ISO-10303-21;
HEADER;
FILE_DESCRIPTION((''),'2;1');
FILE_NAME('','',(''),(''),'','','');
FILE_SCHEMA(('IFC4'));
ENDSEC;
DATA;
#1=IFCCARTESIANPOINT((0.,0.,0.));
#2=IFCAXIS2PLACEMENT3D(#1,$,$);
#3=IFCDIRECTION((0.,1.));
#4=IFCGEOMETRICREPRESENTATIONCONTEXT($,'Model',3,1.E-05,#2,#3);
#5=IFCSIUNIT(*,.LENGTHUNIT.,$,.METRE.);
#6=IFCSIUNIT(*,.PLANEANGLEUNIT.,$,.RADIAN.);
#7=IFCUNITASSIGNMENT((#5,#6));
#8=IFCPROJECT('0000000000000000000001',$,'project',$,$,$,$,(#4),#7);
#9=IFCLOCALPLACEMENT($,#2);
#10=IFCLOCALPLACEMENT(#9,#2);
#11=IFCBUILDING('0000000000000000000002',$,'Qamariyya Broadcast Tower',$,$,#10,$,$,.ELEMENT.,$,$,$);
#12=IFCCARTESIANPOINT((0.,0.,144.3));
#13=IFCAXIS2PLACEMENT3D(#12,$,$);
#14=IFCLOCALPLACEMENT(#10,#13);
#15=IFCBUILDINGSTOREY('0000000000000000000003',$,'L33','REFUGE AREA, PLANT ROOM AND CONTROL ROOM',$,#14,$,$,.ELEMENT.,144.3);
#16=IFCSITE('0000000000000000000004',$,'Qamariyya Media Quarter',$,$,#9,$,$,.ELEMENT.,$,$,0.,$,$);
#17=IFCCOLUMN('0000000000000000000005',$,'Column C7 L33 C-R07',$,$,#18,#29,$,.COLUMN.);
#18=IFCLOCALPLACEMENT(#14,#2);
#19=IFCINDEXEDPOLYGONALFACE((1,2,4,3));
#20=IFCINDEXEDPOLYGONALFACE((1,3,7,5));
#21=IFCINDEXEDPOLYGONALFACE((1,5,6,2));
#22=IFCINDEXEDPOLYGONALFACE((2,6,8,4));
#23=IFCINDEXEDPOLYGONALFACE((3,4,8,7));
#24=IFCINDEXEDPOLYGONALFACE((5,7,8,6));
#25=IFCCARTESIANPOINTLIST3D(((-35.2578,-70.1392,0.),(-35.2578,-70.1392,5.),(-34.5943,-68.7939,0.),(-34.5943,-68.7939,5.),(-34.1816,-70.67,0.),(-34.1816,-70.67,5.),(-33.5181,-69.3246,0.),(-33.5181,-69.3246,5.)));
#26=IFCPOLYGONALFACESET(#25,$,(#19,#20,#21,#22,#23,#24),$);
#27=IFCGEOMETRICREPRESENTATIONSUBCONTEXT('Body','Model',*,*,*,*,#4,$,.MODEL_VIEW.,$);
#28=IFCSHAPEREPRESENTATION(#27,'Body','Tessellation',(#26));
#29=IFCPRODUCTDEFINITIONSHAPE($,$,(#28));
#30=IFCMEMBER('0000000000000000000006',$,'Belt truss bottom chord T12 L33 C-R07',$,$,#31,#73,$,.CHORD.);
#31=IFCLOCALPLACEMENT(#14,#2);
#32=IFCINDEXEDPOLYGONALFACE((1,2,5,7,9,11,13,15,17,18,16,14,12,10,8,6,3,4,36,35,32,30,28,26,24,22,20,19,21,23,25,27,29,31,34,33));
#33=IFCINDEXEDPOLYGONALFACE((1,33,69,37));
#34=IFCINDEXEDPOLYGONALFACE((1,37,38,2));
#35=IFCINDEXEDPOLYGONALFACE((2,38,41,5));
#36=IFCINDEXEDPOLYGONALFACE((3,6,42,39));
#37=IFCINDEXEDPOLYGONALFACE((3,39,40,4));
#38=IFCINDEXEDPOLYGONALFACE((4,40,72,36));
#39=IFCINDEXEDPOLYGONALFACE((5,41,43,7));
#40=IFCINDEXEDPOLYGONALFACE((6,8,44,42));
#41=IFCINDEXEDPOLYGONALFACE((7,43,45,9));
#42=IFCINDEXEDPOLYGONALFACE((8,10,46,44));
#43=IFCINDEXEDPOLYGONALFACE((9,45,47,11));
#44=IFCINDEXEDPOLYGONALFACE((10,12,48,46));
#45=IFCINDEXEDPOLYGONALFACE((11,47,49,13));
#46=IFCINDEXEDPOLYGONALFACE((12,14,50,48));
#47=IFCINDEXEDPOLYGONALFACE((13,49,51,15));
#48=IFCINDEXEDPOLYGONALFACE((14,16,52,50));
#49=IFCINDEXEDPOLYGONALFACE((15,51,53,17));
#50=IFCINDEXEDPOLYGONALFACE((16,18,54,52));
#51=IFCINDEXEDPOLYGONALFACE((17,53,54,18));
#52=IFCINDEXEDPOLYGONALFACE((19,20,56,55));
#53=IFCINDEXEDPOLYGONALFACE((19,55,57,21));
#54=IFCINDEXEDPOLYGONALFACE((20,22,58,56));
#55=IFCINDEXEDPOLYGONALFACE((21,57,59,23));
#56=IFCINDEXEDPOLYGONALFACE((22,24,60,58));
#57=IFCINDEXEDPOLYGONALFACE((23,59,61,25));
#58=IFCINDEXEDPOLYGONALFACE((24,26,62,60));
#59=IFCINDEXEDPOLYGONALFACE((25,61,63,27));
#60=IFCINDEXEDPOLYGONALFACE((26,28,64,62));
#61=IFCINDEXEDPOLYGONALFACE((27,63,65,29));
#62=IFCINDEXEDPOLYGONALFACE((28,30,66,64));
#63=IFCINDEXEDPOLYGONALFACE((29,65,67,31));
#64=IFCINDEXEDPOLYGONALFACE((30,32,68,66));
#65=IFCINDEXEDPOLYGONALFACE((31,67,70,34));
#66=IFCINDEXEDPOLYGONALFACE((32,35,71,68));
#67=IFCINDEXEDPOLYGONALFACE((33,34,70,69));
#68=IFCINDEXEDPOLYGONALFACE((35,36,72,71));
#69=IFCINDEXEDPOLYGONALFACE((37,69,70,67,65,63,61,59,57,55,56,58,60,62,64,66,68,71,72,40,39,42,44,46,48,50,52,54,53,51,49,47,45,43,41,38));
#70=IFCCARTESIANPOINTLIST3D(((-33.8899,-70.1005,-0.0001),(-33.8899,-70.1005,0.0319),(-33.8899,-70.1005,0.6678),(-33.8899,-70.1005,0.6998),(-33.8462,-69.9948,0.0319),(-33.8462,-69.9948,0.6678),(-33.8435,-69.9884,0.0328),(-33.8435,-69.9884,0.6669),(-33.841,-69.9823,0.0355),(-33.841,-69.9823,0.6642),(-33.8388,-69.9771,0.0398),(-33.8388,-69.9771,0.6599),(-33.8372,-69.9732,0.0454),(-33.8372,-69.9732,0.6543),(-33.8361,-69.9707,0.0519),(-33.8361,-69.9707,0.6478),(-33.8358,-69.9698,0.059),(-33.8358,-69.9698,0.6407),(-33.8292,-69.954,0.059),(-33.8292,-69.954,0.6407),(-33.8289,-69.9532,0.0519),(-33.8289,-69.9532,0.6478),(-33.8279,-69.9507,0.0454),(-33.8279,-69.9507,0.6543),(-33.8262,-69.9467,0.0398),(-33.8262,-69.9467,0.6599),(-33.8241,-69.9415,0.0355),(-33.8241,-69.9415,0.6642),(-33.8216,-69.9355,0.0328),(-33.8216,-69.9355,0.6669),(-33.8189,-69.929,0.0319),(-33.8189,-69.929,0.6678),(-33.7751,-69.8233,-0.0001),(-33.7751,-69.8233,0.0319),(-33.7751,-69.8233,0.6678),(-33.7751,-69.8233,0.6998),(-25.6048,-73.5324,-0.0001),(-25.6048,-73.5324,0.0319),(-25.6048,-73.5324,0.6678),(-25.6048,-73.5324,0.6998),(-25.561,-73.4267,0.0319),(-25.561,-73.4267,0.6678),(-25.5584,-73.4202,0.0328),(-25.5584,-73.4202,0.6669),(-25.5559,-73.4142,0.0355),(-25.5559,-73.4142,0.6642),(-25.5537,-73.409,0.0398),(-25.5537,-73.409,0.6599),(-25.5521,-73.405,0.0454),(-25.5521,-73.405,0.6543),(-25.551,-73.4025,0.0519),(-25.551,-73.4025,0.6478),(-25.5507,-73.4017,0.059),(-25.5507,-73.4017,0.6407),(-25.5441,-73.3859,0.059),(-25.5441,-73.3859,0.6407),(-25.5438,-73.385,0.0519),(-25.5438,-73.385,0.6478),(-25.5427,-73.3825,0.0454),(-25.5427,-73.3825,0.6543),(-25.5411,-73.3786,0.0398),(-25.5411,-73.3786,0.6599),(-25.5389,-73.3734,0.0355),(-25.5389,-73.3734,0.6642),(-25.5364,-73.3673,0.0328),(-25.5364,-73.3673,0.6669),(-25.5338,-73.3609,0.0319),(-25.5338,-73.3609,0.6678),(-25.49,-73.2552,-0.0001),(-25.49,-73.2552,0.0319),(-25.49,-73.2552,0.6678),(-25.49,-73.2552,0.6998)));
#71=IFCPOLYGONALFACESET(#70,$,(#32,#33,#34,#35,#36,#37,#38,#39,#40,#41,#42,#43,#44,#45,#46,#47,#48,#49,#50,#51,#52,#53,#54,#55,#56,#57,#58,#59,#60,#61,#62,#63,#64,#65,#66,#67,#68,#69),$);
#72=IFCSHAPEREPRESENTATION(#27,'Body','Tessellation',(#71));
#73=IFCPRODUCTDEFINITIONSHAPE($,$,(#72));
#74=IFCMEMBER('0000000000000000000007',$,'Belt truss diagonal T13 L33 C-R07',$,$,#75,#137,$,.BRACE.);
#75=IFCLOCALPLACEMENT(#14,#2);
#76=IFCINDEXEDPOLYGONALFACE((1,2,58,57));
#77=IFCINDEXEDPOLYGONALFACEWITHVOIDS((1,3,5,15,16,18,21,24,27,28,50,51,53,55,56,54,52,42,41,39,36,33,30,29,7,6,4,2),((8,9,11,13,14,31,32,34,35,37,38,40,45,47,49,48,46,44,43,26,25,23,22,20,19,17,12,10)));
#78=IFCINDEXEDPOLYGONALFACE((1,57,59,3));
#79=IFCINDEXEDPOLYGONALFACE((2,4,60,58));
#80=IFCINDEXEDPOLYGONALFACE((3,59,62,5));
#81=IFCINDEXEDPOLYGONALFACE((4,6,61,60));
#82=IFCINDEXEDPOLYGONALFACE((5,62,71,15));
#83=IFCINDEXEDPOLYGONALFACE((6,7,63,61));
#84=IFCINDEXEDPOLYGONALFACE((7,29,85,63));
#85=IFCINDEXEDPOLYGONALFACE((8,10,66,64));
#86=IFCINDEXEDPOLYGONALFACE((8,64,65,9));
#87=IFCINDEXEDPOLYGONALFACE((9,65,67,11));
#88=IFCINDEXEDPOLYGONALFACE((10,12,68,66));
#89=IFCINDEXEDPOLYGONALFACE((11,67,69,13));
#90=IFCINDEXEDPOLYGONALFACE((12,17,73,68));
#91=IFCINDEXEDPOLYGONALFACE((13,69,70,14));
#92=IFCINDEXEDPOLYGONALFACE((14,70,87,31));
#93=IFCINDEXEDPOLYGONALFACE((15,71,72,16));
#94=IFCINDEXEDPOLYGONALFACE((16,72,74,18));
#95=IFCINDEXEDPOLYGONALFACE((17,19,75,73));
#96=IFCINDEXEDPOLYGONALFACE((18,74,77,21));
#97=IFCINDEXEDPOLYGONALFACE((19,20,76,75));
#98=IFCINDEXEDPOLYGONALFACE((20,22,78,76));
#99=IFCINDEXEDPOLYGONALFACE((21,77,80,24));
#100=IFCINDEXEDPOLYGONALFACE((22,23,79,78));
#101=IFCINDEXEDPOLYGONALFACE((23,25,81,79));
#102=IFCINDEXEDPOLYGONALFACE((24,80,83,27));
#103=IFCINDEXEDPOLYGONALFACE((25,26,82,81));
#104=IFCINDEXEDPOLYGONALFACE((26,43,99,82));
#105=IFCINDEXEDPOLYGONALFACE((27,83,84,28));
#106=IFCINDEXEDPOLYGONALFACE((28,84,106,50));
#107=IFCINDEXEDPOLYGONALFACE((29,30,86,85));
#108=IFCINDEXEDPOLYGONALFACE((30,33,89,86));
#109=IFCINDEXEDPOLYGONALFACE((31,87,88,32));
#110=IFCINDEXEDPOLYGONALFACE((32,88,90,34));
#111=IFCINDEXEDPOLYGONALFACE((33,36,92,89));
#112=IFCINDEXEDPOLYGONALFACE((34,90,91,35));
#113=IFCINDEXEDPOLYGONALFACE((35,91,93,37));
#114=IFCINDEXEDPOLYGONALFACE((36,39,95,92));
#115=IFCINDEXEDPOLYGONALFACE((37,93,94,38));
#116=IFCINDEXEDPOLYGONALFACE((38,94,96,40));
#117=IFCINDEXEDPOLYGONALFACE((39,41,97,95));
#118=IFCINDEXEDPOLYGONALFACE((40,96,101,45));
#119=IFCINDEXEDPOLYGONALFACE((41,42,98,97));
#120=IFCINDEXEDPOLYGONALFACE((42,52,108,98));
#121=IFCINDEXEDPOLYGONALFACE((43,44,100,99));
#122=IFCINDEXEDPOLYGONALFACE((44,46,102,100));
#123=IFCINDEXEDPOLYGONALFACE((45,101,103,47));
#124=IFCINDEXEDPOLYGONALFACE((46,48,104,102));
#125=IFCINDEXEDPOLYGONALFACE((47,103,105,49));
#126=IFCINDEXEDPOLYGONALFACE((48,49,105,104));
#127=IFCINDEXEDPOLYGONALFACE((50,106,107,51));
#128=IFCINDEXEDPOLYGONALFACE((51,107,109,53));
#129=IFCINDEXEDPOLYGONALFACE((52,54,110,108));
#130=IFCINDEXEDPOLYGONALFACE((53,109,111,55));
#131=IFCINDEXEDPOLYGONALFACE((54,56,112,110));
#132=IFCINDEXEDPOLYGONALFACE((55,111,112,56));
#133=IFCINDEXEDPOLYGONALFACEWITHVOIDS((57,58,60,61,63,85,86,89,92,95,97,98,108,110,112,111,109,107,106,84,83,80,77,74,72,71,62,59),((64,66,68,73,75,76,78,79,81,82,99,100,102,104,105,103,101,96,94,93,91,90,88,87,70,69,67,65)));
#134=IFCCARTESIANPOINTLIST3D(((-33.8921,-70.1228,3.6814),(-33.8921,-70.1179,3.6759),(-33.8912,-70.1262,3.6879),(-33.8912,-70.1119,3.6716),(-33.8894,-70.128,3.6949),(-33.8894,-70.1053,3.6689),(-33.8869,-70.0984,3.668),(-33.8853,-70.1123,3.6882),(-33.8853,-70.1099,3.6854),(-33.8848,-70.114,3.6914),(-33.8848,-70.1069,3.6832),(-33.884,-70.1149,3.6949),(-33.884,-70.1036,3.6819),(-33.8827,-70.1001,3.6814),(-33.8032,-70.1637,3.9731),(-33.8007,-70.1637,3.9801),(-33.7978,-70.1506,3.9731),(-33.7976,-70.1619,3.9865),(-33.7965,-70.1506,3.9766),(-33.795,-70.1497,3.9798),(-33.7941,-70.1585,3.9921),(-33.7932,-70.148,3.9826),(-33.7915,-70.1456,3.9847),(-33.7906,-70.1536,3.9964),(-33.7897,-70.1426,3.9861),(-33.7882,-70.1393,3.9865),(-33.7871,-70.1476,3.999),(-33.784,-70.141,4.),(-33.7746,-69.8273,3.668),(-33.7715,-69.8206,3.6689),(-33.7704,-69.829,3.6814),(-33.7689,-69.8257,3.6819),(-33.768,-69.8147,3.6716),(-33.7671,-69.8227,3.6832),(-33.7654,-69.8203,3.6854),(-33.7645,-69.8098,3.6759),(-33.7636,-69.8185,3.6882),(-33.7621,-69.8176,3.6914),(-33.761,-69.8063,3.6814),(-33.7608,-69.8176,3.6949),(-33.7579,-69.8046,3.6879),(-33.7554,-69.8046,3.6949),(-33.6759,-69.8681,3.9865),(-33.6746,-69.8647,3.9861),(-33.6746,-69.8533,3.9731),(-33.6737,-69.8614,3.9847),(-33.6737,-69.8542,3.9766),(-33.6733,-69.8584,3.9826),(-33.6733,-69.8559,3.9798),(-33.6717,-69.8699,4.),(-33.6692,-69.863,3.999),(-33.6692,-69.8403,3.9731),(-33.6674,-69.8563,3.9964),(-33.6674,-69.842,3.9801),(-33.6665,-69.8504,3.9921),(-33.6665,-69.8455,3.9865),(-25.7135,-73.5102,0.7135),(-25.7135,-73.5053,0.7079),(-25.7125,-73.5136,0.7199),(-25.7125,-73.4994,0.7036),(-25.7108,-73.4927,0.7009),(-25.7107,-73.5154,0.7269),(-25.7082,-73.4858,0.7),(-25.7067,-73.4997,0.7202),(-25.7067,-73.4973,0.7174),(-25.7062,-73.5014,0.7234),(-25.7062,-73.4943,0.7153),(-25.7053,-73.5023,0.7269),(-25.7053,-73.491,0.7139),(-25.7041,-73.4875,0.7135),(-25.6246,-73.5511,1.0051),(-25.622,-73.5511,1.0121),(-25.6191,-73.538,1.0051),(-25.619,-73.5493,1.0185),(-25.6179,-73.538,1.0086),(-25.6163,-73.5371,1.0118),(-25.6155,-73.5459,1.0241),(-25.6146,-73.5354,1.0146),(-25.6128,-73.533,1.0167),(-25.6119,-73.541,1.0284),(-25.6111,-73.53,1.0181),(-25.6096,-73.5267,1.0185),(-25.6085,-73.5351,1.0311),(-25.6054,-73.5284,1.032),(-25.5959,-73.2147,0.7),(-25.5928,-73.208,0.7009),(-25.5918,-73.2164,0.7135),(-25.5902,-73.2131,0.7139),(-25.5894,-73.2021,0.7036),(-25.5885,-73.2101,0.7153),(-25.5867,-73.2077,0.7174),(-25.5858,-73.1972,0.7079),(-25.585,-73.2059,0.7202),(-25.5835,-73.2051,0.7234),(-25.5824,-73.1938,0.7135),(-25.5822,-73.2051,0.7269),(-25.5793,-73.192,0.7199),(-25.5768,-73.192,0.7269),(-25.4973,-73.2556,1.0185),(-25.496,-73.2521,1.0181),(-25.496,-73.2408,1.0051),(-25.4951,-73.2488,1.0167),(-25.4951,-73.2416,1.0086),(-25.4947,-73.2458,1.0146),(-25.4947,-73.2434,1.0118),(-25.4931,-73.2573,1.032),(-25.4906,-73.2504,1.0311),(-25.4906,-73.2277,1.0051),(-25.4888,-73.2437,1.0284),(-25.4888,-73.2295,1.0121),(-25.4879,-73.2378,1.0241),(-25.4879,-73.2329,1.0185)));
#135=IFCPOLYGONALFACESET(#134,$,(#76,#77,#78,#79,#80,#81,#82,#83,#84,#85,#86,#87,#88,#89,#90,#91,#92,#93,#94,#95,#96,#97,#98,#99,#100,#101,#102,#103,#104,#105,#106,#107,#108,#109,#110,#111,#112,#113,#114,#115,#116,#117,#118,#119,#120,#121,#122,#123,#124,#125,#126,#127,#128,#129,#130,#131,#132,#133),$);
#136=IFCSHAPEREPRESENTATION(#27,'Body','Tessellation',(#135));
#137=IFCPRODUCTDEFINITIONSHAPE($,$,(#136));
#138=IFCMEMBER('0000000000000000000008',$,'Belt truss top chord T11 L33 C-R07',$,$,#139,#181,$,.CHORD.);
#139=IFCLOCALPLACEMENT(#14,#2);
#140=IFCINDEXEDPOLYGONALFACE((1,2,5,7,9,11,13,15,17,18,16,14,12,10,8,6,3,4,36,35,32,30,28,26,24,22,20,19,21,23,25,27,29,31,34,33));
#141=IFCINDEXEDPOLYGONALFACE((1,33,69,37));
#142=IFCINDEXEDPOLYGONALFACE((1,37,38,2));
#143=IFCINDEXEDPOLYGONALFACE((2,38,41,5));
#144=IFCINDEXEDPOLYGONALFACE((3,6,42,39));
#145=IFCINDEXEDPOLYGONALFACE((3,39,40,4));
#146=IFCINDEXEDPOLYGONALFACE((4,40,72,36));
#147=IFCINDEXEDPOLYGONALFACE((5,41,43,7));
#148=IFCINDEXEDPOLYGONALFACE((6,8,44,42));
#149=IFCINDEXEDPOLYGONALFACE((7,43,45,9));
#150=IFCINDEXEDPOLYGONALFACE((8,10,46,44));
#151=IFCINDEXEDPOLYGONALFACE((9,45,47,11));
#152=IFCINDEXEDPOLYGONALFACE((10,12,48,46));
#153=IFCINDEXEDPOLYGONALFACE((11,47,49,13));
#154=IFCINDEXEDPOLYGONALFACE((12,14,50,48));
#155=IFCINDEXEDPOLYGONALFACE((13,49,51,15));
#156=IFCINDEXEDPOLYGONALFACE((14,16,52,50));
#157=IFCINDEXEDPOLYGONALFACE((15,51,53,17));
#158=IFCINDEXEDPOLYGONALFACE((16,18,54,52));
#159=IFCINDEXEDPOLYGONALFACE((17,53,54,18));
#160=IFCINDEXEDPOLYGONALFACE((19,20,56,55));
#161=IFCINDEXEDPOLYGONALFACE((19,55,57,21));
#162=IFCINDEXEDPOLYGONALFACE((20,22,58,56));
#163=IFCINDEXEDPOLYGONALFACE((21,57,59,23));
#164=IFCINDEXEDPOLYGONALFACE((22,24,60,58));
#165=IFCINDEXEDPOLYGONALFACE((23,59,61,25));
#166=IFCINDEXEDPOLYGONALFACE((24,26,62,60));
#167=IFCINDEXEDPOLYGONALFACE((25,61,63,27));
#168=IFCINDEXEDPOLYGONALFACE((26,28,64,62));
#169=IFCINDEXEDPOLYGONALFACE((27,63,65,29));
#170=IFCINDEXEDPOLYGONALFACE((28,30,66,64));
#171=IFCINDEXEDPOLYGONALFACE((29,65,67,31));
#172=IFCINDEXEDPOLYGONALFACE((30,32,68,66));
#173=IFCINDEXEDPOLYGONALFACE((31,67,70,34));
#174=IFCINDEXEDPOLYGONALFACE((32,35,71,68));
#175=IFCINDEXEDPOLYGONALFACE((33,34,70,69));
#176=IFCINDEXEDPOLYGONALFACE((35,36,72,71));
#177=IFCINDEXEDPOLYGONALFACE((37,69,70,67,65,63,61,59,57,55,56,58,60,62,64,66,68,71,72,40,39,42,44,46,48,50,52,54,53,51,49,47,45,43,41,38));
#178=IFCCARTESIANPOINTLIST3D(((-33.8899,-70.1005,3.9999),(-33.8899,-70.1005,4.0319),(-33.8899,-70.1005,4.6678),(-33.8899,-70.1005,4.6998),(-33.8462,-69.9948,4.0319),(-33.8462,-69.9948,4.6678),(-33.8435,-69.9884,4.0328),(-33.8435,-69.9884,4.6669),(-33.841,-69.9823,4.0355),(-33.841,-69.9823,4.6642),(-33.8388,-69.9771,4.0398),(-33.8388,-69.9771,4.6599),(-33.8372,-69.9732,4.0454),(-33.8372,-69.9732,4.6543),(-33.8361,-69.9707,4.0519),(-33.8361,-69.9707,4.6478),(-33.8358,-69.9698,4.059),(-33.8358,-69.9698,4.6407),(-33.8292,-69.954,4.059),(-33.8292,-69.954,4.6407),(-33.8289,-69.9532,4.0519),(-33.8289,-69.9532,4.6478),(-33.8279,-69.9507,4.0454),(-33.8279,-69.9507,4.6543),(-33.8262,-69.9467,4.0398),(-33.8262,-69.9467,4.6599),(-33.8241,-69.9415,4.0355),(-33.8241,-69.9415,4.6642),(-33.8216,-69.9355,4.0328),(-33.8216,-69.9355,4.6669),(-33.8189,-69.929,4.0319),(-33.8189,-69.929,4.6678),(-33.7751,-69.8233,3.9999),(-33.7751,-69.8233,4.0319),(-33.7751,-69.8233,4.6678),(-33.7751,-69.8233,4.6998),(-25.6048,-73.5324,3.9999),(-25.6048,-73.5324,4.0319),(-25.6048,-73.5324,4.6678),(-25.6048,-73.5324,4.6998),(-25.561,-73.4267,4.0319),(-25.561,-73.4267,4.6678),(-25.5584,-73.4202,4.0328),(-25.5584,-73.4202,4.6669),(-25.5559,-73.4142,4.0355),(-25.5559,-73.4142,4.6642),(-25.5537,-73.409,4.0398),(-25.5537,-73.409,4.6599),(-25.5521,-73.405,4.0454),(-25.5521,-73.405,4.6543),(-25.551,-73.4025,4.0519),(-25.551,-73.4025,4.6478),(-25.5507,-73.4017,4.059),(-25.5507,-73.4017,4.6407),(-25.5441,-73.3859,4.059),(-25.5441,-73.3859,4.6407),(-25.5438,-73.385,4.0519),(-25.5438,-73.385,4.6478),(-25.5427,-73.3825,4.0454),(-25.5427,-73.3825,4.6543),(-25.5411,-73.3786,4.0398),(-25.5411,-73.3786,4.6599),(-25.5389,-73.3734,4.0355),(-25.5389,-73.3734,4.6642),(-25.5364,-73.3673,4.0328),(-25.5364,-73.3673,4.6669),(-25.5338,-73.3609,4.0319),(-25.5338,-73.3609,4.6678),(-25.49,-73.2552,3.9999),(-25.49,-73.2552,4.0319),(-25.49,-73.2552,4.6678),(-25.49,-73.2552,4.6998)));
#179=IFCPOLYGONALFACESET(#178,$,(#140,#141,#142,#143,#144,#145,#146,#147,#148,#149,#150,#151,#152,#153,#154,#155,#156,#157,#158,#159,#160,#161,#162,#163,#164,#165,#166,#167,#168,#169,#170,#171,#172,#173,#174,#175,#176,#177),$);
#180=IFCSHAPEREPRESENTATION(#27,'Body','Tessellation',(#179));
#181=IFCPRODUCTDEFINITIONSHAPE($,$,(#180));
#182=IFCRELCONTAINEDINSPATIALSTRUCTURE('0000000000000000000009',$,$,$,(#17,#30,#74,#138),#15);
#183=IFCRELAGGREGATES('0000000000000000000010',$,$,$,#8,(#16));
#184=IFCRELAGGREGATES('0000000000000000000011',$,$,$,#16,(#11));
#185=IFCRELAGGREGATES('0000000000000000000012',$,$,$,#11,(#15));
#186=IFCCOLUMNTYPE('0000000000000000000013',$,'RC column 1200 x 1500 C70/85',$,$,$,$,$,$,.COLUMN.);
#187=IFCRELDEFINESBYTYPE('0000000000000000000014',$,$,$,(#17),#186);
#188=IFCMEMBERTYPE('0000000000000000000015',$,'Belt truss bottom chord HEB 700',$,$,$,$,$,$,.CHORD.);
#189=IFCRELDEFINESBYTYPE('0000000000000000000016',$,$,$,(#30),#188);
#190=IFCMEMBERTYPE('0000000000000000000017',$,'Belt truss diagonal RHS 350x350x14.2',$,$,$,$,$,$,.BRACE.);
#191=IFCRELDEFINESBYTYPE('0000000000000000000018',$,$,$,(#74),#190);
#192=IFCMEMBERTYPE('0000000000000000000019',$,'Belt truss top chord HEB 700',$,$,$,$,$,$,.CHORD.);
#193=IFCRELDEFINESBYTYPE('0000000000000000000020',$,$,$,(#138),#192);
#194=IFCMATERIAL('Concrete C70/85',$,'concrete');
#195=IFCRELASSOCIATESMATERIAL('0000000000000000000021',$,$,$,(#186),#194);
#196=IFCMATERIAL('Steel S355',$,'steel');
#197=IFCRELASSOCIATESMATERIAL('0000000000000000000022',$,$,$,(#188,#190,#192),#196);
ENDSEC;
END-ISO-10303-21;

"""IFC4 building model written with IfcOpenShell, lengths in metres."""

from ifc_helpers import new_model, si_unit, direction, frame, origin, origin_2d, place, context, subcontext, project, spatial, rectangle, hollow_rectangle, i_section, extrude, material, material_profile, profile_set, type_object, element, save


model = new_model("IFC4")

# Units and contexts
model_context = context("Model", 3, precision=1e-05, world=origin(), true_north=direction((0.0, 1.0)))
body_context = subcontext(model_context, "Body", "Model", "MODEL_VIEW")
ifc_project = project(units=[si_unit("LENGTHUNIT", "METRE"), si_unit("PLANEANGLEUNIT", "RADIAN")], contexts=[model_context])

# Site, building, storey
site_placement = place(None, origin())
site = spatial("IfcSite", under=ifc_project, at=site_placement, Name="Qamariyya Media Quarter", CompositionType="ELEMENT", RefElevation=0.0)
building_placement = place(site_placement, origin())
building = spatial("IfcBuilding", under=site, at=building_placement, Name="Qamariyya Broadcast Tower", CompositionType="ELEMENT")
storey_placement = place(building_placement, frame((0.0, 0.0, 144.3)))
storey = spatial("IfcBuildingStorey", under=building, at=storey_placement, Name="L33", Description="REFUGE AREA, PLANT ROOM AND CONTROL ROOM", CompositionType="ELEMENT", Elevation=144.3)

# Column
ifc_material_1 = material(Name="Concrete C70/85", Category="concrete")
ifc_material_profile_1 = material_profile(ifc_material_1, rectangle(XDim=1.2, YDim=1.5, at=origin_2d()))
ifc_profile_set_1 = profile_set([ifc_material_profile_1], Name="Concrete C70/85")
column_type = type_object("IfcColumnType", Name="RC column 1200 x 1500 C70/85", PredefinedType="COLUMN", material=ifc_profile_set_1)
column_placement = place(storey_placement, frame((-34.3879, -69.7319, 0.0), z_axis=(0.0, 0.0, 1.0), x_axis=(0.896873, -0.442289, 0.0)))
element("IfcColumn", 1, at=column_placement, inside=storey, type_object=column_type, Name="Column C7 L33 C-R07", PredefinedType="COLUMN", context=body_context, shape_type="SweptSolid", body=[
    extrude(rectangle(XDim=1.2, YDim=1.5, at=origin_2d()), origin(), (0.0, 0.0, 1.0), 5.0),
])

# Members
ifc_material_2 = material(Name="Steel S355", Category="steel")
ifc_material_profile_2 = material_profile(ifc_material_2, i_section(OverallWidth=0.3, OverallDepth=0.7, WebThickness=0.0171, FlangeThickness=0.032, FilletRadius=0.0271, at=origin_2d()))
ifc_profile_set_2 = profile_set([ifc_material_profile_2], Name="Steel S355")
member_type_1 = type_object("IfcMemberType", Name="Belt truss bottom chord HEB 700", PredefinedType="CHORD", material=ifc_profile_set_2)
member_1_placement = place(storey_placement, frame((-33.8325, -69.9619, 0.3499), z_axis=(0.923877, -0.382689, 0.0), x_axis=(0.382689, 0.923877, 0.0)))
element("IfcMember", 2, at=member_1_placement, inside=storey, type_object=member_type_1, Name="Belt truss bottom chord T12 L33 C-R07", PredefinedType="CHORD", context=body_context, shape_type="SweptSolid", body=[
    extrude(i_section(OverallWidth=0.3, OverallDepth=0.7, WebThickness=0.0171, FlangeThickness=0.032, FilletRadius=0.0271, at=origin_2d()), origin(), (0.0, 0.0, 1.0), 8.9678),
])
ifc_material_profile_3 = material_profile(ifc_material_2, hollow_rectangle(XDim=0.3501, YDim=0.3501, WallThickness=0.0142, InnerFilletRadius=0.0142, OuterFilletRadius=0.0283, at=origin_2d()))
ifc_profile_set_3 = profile_set([ifc_material_profile_3], Name="Steel S355")
member_type_2 = type_object("IfcMemberType", Name="Belt truss diagonal RHS 350x350x14.2", PredefinedType="BRACE", material=ifc_profile_set_3)
member_2_placement = place(storey_placement, frame((-33.7793, -69.9841, 3.834), z_axis=(0.875968, -0.362808, -0.317885), x_axis=(0.382656, 0.923891, 0.0)))
element("IfcMember", 3, at=member_2_placement, inside=storey, type_object=member_type_2, Name="Belt truss diagonal T13 L33 C-R07", PredefinedType="BRACE", context=body_context, shape_type="SweptSolid", body=[
    extrude(hollow_rectangle(XDim=0.3501, YDim=0.3501, WallThickness=0.0142, InnerFilletRadius=0.0142, OuterFilletRadius=0.0283, at=origin_2d()), origin(), (0.0, 0.0, 1.0), 9.3367),
])
ifc_material_profile_4 = material_profile(ifc_material_2, i_section(OverallWidth=0.3, OverallDepth=0.7, WebThickness=0.0171, FlangeThickness=0.032, FilletRadius=0.0271, at=origin_2d()))
ifc_profile_set_4 = profile_set([ifc_material_profile_4], Name="Steel S355")
member_type_3 = type_object("IfcMemberType", Name="Belt truss top chord HEB 700", PredefinedType="CHORD", material=ifc_profile_set_4)
member_3_placement = place(storey_placement, frame((-33.8325, -69.9619, 4.3499), z_axis=(0.923877, -0.382689, 0.0), x_axis=(0.382689, 0.923877, 0.0)))
element("IfcMember", 4, at=member_3_placement, inside=storey, type_object=member_type_3, Name="Belt truss top chord T11 L33 C-R07", PredefinedType="CHORD", context=body_context, shape_type="SweptSolid", body=[
    extrude(i_section(OverallWidth=0.3, OverallDepth=0.7, WebThickness=0.0171, FlangeThickness=0.032, FilletRadius=0.0271, at=origin_2d()), origin(), (0.0, 0.0, 1.0), 8.9678),
])

save(model, "model.ifc")
